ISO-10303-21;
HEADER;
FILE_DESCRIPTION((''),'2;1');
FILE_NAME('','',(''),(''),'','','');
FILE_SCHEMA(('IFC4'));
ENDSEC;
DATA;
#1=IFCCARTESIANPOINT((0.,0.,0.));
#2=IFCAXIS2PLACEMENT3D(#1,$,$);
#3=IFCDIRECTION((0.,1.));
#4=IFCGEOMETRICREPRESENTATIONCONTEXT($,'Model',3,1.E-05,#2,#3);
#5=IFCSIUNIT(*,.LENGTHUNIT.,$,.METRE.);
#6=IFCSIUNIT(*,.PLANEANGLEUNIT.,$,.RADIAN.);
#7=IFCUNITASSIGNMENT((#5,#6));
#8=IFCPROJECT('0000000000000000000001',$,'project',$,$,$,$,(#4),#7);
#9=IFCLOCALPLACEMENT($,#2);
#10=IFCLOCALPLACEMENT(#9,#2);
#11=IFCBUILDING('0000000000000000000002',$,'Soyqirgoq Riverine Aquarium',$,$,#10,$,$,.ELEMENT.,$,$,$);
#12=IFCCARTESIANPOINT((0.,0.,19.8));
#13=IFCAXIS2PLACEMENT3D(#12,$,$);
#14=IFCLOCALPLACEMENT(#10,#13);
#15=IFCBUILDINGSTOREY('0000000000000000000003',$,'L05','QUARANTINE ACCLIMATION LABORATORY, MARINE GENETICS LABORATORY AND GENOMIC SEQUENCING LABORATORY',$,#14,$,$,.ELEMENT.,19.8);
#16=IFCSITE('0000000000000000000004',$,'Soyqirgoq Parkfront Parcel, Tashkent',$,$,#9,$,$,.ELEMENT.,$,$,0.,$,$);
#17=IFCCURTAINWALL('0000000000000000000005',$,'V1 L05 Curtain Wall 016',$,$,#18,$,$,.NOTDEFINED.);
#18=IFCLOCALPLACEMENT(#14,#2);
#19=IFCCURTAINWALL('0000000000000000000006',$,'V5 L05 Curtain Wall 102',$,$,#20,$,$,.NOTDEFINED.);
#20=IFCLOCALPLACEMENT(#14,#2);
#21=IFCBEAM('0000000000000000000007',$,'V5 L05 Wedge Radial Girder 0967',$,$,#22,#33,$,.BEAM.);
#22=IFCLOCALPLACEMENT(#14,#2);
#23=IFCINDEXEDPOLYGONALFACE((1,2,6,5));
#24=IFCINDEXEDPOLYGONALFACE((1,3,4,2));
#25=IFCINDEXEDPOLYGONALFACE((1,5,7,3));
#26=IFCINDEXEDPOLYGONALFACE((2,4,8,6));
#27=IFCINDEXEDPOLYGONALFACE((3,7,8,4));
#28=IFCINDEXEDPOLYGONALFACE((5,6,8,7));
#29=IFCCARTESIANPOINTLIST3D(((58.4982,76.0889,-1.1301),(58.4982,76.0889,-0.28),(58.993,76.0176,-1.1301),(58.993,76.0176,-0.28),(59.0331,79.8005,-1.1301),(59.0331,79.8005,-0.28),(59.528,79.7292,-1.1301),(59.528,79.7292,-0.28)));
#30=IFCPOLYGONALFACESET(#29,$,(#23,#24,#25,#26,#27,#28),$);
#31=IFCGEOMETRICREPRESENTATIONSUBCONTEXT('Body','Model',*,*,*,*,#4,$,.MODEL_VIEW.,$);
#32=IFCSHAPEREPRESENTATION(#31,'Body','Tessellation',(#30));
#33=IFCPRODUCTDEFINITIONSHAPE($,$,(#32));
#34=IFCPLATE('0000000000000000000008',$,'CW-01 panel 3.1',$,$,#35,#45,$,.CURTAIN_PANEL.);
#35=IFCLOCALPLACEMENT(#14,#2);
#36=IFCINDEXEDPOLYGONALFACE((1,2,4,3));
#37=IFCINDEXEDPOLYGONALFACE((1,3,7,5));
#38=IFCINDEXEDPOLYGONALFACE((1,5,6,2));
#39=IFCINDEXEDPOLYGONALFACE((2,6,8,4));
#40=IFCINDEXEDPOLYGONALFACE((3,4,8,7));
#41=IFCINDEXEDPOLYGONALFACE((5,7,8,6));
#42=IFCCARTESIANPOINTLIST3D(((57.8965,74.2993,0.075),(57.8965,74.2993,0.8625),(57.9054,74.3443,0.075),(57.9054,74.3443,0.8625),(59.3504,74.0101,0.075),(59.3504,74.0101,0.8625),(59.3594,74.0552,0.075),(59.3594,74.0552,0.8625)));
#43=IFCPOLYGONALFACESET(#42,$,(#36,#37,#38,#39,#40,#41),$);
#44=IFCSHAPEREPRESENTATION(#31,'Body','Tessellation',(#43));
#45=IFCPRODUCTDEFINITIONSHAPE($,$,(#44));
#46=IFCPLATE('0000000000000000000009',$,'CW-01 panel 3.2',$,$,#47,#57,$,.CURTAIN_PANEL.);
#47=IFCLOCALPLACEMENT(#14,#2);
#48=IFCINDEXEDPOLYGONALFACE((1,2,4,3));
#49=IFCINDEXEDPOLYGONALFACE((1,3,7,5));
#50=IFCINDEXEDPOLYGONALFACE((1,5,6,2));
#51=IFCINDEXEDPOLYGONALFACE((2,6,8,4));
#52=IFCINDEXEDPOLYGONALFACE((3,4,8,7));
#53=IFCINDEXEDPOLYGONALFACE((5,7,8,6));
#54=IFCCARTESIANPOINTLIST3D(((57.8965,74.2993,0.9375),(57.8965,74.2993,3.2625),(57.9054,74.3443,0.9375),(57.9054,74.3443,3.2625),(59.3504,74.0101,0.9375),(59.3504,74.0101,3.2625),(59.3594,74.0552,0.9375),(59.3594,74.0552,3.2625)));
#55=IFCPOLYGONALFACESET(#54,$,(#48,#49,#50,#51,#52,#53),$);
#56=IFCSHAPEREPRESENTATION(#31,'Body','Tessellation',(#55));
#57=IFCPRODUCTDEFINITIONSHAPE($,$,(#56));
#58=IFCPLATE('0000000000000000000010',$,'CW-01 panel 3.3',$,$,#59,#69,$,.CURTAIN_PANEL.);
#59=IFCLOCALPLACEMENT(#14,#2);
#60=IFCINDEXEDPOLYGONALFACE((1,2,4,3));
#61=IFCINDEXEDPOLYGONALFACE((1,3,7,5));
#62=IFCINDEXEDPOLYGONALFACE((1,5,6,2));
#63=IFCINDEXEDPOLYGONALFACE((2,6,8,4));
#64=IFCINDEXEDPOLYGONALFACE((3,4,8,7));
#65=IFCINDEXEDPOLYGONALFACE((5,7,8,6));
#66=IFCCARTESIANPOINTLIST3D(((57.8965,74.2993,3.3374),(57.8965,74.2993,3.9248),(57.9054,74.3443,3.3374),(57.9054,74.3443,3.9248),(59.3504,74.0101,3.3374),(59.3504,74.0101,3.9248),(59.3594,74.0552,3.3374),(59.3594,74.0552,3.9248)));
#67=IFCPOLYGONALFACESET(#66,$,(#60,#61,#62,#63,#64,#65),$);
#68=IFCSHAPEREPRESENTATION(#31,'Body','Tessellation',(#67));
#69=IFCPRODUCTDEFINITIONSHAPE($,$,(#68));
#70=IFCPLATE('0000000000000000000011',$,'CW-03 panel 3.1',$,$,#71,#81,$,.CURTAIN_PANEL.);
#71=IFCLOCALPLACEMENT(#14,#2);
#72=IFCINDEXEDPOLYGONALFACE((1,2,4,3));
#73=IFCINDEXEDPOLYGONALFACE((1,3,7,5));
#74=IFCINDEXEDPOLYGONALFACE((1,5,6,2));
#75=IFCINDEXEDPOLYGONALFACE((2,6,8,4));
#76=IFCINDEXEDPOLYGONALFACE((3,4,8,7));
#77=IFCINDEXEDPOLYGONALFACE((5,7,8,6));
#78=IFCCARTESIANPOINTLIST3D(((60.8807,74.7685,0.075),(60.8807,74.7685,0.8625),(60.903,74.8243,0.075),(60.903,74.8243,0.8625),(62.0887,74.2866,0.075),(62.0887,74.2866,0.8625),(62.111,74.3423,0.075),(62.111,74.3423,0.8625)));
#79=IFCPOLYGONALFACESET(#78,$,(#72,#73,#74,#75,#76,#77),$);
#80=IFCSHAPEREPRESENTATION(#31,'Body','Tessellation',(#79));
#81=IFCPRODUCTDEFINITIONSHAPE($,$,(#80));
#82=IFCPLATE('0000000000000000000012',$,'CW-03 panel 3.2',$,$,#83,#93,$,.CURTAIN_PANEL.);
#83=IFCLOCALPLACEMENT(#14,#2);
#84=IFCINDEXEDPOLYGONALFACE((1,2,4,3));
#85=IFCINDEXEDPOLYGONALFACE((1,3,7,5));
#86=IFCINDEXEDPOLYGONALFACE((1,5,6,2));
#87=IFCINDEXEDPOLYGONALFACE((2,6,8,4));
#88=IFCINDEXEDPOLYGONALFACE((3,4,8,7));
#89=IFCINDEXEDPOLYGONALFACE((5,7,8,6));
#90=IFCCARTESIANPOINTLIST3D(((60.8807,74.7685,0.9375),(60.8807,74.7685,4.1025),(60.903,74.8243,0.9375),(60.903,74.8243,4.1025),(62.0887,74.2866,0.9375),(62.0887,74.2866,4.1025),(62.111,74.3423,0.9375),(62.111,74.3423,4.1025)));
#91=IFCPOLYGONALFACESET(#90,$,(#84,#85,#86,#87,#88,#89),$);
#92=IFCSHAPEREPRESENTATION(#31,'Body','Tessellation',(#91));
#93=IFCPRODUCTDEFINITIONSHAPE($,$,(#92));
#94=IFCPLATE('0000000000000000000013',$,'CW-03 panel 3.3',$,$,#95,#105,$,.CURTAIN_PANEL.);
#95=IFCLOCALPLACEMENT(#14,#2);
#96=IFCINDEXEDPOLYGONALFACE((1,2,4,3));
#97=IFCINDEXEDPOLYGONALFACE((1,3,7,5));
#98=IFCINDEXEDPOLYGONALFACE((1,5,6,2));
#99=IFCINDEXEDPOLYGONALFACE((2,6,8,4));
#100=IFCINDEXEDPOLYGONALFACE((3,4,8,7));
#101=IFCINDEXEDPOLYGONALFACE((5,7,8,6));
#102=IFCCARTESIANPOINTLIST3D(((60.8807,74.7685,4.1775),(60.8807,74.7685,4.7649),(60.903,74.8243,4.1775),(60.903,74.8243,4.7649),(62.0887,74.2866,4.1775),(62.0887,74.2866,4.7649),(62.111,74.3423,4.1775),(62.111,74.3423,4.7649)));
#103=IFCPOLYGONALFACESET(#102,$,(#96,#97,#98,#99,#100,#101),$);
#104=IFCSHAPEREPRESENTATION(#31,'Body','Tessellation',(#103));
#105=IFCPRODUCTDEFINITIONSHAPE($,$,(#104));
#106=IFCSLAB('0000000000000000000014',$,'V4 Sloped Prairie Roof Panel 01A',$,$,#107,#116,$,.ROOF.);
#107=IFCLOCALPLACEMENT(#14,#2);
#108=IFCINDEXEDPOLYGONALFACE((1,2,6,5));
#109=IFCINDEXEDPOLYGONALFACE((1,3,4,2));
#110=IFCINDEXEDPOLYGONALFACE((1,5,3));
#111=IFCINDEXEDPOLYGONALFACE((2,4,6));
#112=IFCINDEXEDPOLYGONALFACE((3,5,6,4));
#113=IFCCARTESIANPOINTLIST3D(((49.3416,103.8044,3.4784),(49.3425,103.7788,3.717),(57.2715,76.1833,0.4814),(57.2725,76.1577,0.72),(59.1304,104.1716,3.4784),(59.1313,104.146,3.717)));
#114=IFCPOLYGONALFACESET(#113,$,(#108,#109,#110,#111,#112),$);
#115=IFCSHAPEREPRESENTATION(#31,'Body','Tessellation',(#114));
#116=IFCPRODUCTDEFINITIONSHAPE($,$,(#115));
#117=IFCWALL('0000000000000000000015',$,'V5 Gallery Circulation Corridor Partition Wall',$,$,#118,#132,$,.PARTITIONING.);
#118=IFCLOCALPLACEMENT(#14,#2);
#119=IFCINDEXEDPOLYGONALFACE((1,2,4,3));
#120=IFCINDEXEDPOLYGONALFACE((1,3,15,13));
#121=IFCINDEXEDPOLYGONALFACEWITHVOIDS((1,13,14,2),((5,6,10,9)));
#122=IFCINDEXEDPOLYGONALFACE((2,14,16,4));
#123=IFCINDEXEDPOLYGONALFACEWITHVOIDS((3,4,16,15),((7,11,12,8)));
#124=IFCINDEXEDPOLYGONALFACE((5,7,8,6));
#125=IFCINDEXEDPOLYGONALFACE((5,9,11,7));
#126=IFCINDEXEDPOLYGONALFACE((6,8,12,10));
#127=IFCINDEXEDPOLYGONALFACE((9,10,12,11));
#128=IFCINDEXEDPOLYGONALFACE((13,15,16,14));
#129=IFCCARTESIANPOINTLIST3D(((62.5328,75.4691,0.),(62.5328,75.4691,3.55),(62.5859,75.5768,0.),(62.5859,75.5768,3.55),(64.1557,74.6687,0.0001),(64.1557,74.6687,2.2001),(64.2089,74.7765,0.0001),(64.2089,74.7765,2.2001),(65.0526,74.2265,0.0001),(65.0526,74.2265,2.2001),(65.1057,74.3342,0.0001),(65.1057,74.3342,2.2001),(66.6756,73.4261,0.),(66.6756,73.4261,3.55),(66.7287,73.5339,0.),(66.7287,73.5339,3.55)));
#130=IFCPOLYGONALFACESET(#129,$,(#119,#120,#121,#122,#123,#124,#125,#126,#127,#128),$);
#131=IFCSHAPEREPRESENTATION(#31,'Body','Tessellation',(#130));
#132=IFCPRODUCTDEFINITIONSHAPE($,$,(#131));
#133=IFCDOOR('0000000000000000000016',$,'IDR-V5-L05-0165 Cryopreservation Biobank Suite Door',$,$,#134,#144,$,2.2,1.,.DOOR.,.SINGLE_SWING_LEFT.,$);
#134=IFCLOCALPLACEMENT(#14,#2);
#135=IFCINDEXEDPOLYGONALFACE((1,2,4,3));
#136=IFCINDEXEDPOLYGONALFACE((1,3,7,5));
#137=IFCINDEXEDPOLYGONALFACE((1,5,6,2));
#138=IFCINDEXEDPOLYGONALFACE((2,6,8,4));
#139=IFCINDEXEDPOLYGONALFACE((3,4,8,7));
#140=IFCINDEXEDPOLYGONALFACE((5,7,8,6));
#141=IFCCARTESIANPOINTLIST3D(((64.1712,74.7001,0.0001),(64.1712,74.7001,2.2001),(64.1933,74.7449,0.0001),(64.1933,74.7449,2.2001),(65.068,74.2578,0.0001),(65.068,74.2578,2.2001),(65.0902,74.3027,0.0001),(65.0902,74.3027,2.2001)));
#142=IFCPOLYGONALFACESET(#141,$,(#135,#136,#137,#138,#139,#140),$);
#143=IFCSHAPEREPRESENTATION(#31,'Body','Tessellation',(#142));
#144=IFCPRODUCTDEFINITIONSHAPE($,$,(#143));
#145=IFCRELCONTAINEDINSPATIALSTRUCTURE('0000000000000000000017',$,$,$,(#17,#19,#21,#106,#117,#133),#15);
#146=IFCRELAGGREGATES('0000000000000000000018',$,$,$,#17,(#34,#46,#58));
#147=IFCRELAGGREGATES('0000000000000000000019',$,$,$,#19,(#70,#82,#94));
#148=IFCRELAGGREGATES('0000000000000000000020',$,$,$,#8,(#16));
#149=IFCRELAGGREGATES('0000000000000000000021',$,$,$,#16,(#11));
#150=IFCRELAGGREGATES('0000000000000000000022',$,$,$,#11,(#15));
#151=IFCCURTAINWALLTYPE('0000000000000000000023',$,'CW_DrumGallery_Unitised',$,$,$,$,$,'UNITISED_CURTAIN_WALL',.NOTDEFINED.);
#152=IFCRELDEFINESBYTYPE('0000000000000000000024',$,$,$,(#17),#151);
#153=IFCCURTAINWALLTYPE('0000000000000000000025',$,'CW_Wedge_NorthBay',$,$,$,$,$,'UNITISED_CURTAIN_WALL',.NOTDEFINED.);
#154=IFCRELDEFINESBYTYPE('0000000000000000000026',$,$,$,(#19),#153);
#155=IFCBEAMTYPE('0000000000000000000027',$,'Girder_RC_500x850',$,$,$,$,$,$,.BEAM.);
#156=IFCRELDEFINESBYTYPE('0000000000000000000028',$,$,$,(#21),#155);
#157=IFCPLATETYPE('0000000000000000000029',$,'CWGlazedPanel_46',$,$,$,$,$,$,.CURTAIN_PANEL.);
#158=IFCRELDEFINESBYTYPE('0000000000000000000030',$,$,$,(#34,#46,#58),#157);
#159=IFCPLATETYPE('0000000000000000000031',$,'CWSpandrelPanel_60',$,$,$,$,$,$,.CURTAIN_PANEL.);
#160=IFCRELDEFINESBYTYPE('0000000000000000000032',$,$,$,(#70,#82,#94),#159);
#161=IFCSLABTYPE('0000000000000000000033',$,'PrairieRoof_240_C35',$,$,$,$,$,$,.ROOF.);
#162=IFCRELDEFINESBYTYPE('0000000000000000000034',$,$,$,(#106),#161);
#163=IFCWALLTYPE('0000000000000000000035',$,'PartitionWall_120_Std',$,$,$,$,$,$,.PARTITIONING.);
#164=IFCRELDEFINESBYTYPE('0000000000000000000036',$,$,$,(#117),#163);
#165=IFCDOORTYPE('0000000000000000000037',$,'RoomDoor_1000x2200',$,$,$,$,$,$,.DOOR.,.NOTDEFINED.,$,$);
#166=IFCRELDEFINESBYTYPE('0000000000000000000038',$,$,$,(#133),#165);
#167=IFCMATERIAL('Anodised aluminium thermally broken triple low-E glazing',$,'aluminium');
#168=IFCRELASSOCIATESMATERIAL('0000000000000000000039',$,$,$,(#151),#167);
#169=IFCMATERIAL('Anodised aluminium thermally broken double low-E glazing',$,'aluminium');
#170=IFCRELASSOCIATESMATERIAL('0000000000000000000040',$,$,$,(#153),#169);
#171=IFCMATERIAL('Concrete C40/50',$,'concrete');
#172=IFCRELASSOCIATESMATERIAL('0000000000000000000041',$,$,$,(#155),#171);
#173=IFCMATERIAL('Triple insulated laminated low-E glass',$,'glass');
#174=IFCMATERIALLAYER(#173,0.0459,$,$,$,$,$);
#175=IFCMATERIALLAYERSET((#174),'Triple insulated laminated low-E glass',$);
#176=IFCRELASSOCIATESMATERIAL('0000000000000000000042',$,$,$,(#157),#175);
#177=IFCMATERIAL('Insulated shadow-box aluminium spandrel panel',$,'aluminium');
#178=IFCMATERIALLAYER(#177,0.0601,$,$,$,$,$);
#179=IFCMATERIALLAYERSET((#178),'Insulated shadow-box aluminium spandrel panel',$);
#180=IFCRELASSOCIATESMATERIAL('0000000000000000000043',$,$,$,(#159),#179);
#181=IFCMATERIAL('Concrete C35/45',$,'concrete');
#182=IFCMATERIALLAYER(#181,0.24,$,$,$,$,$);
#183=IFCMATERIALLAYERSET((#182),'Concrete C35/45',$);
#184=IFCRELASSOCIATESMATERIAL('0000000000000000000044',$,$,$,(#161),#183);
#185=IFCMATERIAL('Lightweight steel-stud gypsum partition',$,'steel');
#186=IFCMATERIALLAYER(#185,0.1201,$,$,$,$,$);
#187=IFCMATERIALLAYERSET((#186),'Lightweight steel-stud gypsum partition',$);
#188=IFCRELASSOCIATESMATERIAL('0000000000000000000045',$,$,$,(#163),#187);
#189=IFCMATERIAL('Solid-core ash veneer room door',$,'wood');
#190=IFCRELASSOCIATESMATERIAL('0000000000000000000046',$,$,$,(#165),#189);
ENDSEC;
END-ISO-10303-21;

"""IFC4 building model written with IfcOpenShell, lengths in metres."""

from ifc_helpers import new_model, si_unit, direction, frame, frame_2d, origin, origin_2d, place, context, subcontext, project, spatial, polyline, rectangle, outline, extrude, material, layer, layer_set, material_profile, profile_set, type_object, element, fill, aggregate, save


model = new_model("IFC4")

# Units and contexts
model_context = context("Model", 3, precision=1e-05, world=origin(), true_north=direction((0.0, 1.0)))
body_context = subcontext(model_context, "Body", "Model", "MODEL_VIEW")
ifc_project = project(units=[si_unit("LENGTHUNIT", "METRE"), si_unit("PLANEANGLEUNIT", "RADIAN")], contexts=[model_context])

# Site, building, storey
site_placement = place(None, origin())
site = spatial("IfcSite", under=ifc_project, at=site_placement, Name="Soyqirgoq Parkfront Parcel, Tashkent", CompositionType="ELEMENT", RefElevation=0.0)
building_placement = place(site_placement, origin())
building = spatial("IfcBuilding", under=site, at=building_placement, Name="Soyqirgoq Riverine Aquarium", CompositionType="ELEMENT")
storey_placement = place(building_placement, frame((0.0, 0.0, 19.8)))
storey = spatial("IfcBuildingStorey", under=building, at=storey_placement, Name="L05", Description="QUARANTINE ACCLIMATION LABORATORY, MARINE GENETICS LABORATORY AND GENOMIC SEQUENCING LABORATORY", CompositionType="ELEMENT", Elevation=19.8)

# Curtain wall
ifc_material_1 = material(Name="Anodised aluminium thermally broken triple low-E glazing", Category="aluminium")
curtain_wall_type_1 = type_object("IfcCurtainWallType", Name="CW_DrumGallery_Unitised", ElementType="UNITISED_CURTAIN_WALL", PredefinedType="NOTDEFINED", material=ifc_material_1)
curtain_wall_1_placement = place(storey_placement, origin())
curtain_wall_1 = element("IfcCurtainWall", 1, at=curtain_wall_1_placement, inside=storey, type_object=curtain_wall_type_1, Name="V1 L05 Curtain Wall 016", PredefinedType="NOTDEFINED")

# Curtain wall
ifc_material_2 = material(Name="Anodised aluminium thermally broken double low-E glazing", Category="aluminium")
curtain_wall_type_2 = type_object("IfcCurtainWallType", Name="CW_Wedge_NorthBay", ElementType="UNITISED_CURTAIN_WALL", PredefinedType="NOTDEFINED", material=ifc_material_2)
curtain_wall_2_placement = place(storey_placement, origin())
curtain_wall_2 = element("IfcCurtainWall", 2, at=curtain_wall_2_placement, inside=storey, type_object=curtain_wall_type_2, Name="V5 L05 Curtain Wall 102", PredefinedType="NOTDEFINED")

# Beam
ifc_material_3 = material(Name="Concrete C40/50", Category="concrete")
ifc_material_profile_1 = material_profile(ifc_material_3, rectangle(XDim=0.5, YDim=0.8501, at=origin_2d()), Name="RC 500x850")
ifc_profile_set_1 = profile_set([ifc_material_profile_1], Name="Concrete C40/50")
beam_type = type_object("IfcBeamType", Name="Girder_RC_500x850", PredefinedType="BEAM", material=ifc_profile_set_1)
beam_placement = place(storey_placement, frame((58.7456, 76.0532, -0.7051), z_axis=(0.142643, 0.989774, 0.0), x_axis=(-0.989774, 0.142643, 0.0)))
element("IfcBeam", 3, at=beam_placement, inside=storey, type_object=beam_type, Name="V5 L05 Wedge Radial Girder 0967", PredefinedType="BEAM", context=body_context, shape_type="SweptSolid", body=[
    extrude(rectangle(XDim=0.5, YDim=0.8501, at=origin_2d()), origin(), (0.0, 0.0, 1.0), 3.75),
])

# Plates
ifc_material_4 = material(Name="Triple insulated laminated low-E glass", Category="glass")
ifc_layer_1 = layer(ifc_material_4, 0.0459)
ifc_layer_set_1 = layer_set([ifc_layer_1], Name="Triple insulated laminated low-E glass")
plate_type_1 = type_object("IfcPlateType", Name="CWGlazedPanel_46", PredefinedType="CURTAIN_PANEL", material=ifc_layer_set_1)
plate_1_placement = place(storey_placement, frame((58.6279, 74.1772, 0.075), z_axis=(0.0, 0.0, 1.0), x_axis=(-0.980788, 0.195078, 0.0)))
plate_1 = element("IfcPlate", 4, at=plate_1_placement, type_object=plate_type_1, Name="CW-01 panel 3.1", PredefinedType="CURTAIN_PANEL", context=body_context, shape_type="SweptSolid", body=[
    extrude(rectangle(XDim=1.4824, YDim=0.0459, at=origin_2d()), origin(), (0.0, 0.0, 1.0), 0.7876),
])
plate_2_placement = place(storey_placement, frame((58.6279, 74.1772, 0.9375), z_axis=(0.0, 0.0, 1.0), x_axis=(-0.980788, 0.195078, 0.0)))
plate_2 = element("IfcPlate", 5, at=plate_2_placement, type_object=plate_type_1, Name="CW-01 panel 3.2", PredefinedType="CURTAIN_PANEL", context=body_context, shape_type="SweptSolid", body=[
    extrude(rectangle(XDim=1.4824, YDim=0.0459, at=origin_2d()), origin(), (0.0, 0.0, 1.0), 2.325),
])
plate_3_placement = place(storey_placement, frame((58.6279, 74.1772, 3.3374), z_axis=(0.0, 0.0, 1.0), x_axis=(-0.980788, 0.195078, 0.0)))
plate_3 = element("IfcPlate", 6, at=plate_3_placement, type_object=plate_type_1, Name="CW-01 panel 3.3", PredefinedType="CURTAIN_PANEL", context=body_context, shape_type="SweptSolid", body=[
    extrude(rectangle(XDim=1.4824, YDim=0.0459, at=origin_2d()), origin(), (0.0, 0.0, 1.0), 0.5874),
])
aggregate(curtain_wall_1, [plate_1, plate_2, plate_3])
ifc_material_5 = material(Name="Insulated shadow-box aluminium spandrel panel", Category="aluminium")
ifc_layer_2 = layer(ifc_material_5, 0.0601)
ifc_layer_set_2 = layer_set([ifc_layer_2], Name="Insulated shadow-box aluminium spandrel panel")
plate_type_2 = type_object("IfcPlateType", Name="CWSpandrelPanel_60", PredefinedType="CURTAIN_PANEL", material=ifc_layer_set_2)
plate_4_placement = place(storey_placement, frame((61.4958, 74.5554, 0.075), z_axis=(0.0, 0.0, 1.0), x_axis=(-0.928805, 0.370569, 0.0)))
plate_4 = element("IfcPlate", 7, at=plate_4_placement, type_object=plate_type_2, Name="CW-03 panel 3.1", PredefinedType="CURTAIN_PANEL", context=body_context, shape_type="SweptSolid", body=[
    extrude(rectangle(XDim=1.3005, YDim=0.0601, at=origin_2d()), origin(), (0.0, 0.0, 1.0), 0.7876),
])
plate_5_placement = place(storey_placement, frame((61.4958, 74.5554, 0.9375), z_axis=(0.0, 0.0, 1.0), x_axis=(-0.928805, 0.370569, 0.0)))
plate_5 = element("IfcPlate", 8, at=plate_5_placement, type_object=plate_type_2, Name="CW-03 panel 3.2", PredefinedType="CURTAIN_PANEL", context=body_context, shape_type="SweptSolid", body=[
    extrude(rectangle(XDim=1.3005, YDim=0.0601, at=origin_2d()), origin(), (0.0, 0.0, 1.0), 3.165),
])
plate_6_placement = place(storey_placement, frame((61.4958, 74.5554, 4.1775), z_axis=(0.0, 0.0, 1.0), x_axis=(-0.928805, 0.370569, 0.0)))
plate_6 = element("IfcPlate", 9, at=plate_6_placement, type_object=plate_type_2, Name="CW-03 panel 3.3", PredefinedType="CURTAIN_PANEL", context=body_context, shape_type="SweptSolid", body=[
    extrude(rectangle(XDim=1.3005, YDim=0.0601, at=origin_2d()), origin(), (0.0, 0.0, 1.0), 0.5874),
])
aggregate(curtain_wall_2, [plate_4, plate_5, plate_6])

# Slab
ifc_material_6 = material(Name="Concrete C35/45", Category="concrete")
ifc_layer_3 = layer(ifc_material_6, 0.24)
ifc_layer_set_3 = layer_set([ifc_layer_3], Name="Concrete C35/45")
slab_type = type_object("IfcSlabType", Name="PrairieRoof_240_C35", PredefinedType="ROOF", material=ifc_layer_set_3)
slab_placement = place(storey_placement, frame((57.2725, 76.1577, 0.72), z_axis=(0.004004, -0.106736, 0.994279), x_axis=(0.065896, 0.992154, 0.106243)))
element("IfcSlab", 10, at=slab_placement, inside=storey, type_object=slab_type, Name="V4 Sloped Prairie Roof Panel 01A", PredefinedType="ROOF", context=body_context, shape_type="SweptSolid", body=[
    extrude(outline(polyline([(0.0, 0.0), (28.2096, 0.0), (27.2003, 9.7436), (0.0, 0.0)])), origin(), (0.0, 0.0, -1.0), 0.24),
])

# Wall, opening, door
ifc_material_7 = material(Name="Lightweight steel-stud gypsum partition", Category="steel")
ifc_layer_4 = layer(ifc_material_7, 0.1201)
ifc_layer_set_4 = layer_set([ifc_layer_4], Name="Lightweight steel-stud gypsum partition")
wall_type_1 = type_object("IfcWallType", Name="PartitionWall_120_Std", PredefinedType="PARTITIONING", material=ifc_layer_set_4)
wall_1_placement = place(storey_placement, frame((62.5593, 75.5229, 0.0), z_axis=(0.0, 0.0, 1.0), x_axis=(0.896877, -0.442281, 0.0)))
wall_1 = element("IfcWall", 11, at=wall_1_placement, inside=storey, type_object=wall_type_1, Name="V5 Gallery Circulation Corridor Partition Wall", PredefinedType="PARTITIONING", context=body_context, shape_type="SweptSolid", body=[
    extrude(rectangle(XDim=4.6191, YDim=0.1201, at=frame_2d((2.3096, 0.0))), origin(), (0.0, 0.0, 1.0), 3.55),
])
opening_1_placement = place(wall_1_placement, frame((1.8096, 0.0, 0.0)))
opening_1 = element("IfcOpeningElement", 12, at=opening_1_placement, cuts=wall_1, PredefinedType="OPENING", context=body_context, shape_type="SweptSolid", body=[
    extrude(rectangle(XDim=1.0, YDim=2.2, at=frame_2d((0.5, 1.1001))), frame((0.0, 0.0701, 0.0), z_axis=(0.0, -1.0, 0.0), x_axis=(1.0, 0.0, 0.0)), (0.0, 0.0, 1.0), 0.1401),
])
ifc_material_8 = material(Name="Solid-core ash veneer room door", Category="wood")
door_type = type_object("IfcDoorType", Name="RoomDoor_1000x2200", OperationType="NOTDEFINED", PredefinedType="DOOR", material=ifc_material_8)
door_placement = place(opening_1_placement, origin())
door = element("IfcDoor", 13, at=door_placement, inside=storey, type_object=door_type, Name="IDR-V5-L05-0165 Cryopreservation Biobank Suite Door", OperationType="SINGLE_SWING_LEFT", OverallHeight=2.2, OverallWidth=1.0, PredefinedType="DOOR", context=body_context, shape_type="SweptSolid", body=[
    extrude(rectangle(XDim=1.0, YDim=2.2, at=frame_2d((0.5, 1.1001))), frame((0.0, 0.0249, 0.0), z_axis=(0.0, -1.0, 0.0), x_axis=(1.0, 0.0, 0.0)), (0.0, 0.0, 1.0), 0.05),
])
fill(opening_1, door)

save(model, "model.ifc")
